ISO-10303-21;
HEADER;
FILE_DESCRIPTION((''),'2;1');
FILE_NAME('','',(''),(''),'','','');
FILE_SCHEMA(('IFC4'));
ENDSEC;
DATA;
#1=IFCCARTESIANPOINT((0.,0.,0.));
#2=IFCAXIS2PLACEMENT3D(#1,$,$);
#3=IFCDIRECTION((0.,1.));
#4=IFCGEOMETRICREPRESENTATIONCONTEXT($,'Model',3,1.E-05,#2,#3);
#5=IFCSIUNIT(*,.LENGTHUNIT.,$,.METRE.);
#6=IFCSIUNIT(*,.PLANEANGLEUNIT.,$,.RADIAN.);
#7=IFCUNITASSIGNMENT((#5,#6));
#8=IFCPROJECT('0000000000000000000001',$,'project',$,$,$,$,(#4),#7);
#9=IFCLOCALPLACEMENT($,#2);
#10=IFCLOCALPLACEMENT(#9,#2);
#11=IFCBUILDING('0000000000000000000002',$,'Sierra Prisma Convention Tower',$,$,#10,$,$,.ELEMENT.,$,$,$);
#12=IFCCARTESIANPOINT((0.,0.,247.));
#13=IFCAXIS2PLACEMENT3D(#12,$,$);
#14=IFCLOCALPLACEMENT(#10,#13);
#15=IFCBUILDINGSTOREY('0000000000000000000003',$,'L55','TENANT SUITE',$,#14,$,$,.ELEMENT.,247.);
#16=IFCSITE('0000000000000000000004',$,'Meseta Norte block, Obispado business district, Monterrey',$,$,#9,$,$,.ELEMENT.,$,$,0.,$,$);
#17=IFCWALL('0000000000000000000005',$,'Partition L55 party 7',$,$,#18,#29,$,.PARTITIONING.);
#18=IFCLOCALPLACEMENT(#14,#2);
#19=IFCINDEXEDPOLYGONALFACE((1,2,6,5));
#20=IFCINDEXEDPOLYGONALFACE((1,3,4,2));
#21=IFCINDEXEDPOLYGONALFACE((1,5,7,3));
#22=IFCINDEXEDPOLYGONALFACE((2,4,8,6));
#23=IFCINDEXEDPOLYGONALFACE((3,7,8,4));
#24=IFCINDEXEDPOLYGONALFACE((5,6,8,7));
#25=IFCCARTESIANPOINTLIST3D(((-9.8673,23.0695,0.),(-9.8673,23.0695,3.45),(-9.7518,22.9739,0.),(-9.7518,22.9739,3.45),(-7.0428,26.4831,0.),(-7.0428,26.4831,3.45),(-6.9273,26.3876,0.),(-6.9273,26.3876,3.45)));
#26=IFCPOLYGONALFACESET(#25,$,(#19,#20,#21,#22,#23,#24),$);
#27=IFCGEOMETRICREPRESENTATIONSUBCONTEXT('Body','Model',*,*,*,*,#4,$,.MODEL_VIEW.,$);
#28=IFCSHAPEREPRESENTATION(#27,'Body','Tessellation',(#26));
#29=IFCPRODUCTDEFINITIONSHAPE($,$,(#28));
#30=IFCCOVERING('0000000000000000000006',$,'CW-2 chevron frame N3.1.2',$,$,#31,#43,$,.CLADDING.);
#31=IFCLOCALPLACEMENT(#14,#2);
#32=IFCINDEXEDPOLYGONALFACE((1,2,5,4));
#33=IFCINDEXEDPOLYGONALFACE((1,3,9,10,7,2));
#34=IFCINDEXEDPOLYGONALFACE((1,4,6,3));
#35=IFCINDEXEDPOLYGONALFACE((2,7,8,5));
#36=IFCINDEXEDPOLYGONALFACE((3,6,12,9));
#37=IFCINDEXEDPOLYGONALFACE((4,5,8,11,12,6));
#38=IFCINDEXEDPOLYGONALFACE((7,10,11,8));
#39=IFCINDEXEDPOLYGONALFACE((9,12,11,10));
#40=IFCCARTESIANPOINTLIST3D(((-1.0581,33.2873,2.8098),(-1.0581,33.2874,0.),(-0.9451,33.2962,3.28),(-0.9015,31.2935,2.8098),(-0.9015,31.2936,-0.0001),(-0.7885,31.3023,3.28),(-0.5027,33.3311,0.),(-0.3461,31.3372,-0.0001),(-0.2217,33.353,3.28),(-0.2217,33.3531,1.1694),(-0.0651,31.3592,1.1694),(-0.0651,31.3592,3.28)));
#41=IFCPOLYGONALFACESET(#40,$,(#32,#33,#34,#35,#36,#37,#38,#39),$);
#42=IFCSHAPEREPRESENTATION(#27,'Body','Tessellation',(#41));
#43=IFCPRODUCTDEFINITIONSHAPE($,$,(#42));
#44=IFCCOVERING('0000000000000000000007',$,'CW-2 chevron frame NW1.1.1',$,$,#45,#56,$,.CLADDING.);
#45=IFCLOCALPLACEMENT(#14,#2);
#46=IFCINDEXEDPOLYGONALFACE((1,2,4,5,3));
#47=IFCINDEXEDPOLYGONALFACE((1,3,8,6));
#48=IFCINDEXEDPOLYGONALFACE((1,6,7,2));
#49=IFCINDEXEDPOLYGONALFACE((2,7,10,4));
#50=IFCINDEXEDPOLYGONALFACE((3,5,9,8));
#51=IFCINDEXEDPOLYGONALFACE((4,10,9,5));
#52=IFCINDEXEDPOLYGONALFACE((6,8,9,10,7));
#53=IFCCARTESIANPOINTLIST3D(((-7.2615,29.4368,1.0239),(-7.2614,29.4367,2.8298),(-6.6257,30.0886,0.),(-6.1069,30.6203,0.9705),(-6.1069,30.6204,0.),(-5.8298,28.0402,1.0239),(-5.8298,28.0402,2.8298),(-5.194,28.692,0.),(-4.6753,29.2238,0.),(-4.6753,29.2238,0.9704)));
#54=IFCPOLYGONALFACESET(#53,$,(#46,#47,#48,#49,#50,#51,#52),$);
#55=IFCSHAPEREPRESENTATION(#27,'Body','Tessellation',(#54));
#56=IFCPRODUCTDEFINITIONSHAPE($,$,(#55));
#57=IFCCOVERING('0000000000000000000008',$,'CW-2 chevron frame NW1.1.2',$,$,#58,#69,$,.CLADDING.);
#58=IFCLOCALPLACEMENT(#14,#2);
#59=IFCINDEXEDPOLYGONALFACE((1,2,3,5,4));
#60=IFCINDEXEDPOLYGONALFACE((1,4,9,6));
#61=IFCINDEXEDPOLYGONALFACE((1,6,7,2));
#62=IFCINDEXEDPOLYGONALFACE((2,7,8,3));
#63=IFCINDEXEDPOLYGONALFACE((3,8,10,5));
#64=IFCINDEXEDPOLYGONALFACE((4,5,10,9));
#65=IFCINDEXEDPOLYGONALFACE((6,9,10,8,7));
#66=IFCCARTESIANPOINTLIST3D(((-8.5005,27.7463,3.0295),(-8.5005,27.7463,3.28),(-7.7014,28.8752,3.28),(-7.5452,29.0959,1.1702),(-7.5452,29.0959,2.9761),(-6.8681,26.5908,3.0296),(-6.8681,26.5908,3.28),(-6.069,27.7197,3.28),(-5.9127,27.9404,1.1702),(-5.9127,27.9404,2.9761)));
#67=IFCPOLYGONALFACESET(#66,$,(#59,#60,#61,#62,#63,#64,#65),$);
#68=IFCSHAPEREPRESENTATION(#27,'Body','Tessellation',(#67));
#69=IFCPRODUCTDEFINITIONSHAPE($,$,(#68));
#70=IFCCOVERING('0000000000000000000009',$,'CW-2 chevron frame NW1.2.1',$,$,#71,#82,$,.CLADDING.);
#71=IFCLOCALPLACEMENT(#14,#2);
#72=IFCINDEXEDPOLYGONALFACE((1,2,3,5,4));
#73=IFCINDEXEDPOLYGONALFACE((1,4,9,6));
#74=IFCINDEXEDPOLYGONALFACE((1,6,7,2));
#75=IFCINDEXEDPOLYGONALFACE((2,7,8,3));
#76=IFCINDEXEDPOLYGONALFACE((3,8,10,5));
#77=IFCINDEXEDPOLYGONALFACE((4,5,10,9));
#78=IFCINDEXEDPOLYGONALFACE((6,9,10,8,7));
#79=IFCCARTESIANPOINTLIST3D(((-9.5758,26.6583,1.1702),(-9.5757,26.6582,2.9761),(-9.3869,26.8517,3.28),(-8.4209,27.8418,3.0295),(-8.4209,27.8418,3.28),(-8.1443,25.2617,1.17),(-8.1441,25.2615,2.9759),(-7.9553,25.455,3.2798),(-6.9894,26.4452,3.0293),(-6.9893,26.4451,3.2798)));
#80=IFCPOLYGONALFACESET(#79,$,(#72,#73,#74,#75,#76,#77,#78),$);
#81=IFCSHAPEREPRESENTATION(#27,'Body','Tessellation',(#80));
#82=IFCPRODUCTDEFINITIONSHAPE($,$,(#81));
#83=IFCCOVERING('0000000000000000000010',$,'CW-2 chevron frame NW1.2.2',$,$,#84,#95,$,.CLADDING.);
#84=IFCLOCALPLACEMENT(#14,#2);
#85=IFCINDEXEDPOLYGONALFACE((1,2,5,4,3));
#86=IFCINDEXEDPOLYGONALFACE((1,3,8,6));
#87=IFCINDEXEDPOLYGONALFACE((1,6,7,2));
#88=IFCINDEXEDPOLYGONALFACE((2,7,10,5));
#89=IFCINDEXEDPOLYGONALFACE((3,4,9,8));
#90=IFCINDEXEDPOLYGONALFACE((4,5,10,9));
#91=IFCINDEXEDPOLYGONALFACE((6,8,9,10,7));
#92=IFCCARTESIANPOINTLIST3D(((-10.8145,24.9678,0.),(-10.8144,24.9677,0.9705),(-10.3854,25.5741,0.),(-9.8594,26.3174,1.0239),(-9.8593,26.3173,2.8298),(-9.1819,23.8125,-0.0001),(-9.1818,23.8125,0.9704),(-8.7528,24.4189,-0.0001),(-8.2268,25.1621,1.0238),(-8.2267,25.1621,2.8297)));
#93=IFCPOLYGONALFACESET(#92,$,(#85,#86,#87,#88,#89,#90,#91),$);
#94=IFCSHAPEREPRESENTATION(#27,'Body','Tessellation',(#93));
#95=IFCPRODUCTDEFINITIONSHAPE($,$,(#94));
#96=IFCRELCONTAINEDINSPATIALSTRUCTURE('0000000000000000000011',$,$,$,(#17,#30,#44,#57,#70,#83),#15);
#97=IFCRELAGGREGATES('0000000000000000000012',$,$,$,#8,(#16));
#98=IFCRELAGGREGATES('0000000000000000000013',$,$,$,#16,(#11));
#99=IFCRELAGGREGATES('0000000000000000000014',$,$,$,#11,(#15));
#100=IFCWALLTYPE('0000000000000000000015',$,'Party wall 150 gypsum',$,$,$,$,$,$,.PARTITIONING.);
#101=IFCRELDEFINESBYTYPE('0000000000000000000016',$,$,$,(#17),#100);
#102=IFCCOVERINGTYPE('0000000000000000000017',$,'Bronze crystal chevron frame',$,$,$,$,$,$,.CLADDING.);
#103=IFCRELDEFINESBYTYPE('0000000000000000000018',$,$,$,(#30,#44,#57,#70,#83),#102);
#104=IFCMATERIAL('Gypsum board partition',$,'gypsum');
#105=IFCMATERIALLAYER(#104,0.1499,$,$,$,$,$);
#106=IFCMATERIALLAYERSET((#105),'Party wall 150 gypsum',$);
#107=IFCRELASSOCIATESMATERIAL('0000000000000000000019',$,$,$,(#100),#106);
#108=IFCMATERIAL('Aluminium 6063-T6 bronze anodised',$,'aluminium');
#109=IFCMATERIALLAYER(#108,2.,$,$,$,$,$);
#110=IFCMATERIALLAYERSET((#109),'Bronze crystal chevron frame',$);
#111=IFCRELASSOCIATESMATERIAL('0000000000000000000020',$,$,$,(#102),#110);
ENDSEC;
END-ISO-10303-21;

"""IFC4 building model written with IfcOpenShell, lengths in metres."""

from ifc_helpers import new_model, si_unit, direction, frame, frame_2d, origin, place, context, subcontext, project, spatial, polyline, rectangle, outline, extrude, material, layer, layer_set, type_object, element, save


model = new_model("IFC4")

# Units and contexts
model_context = context("Model", 3, precision=1e-05, world=origin(), true_north=direction((0.0, 1.0)))
body_context = subcontext(model_context, "Body", "Model", "MODEL_VIEW")
ifc_project = project(units=[si_unit("LENGTHUNIT", "METRE"), si_unit("PLANEANGLEUNIT", "RADIAN")], contexts=[model_context])

# Site, building, storey
site_placement = place(None, origin())
site = spatial("IfcSite", under=ifc_project, at=site_placement, Name="Meseta Norte block, Obispado business district, Monterrey", CompositionType="ELEMENT", RefElevation=0.0)
building_placement = place(site_placement, origin())
building = spatial("IfcBuilding", under=site, at=building_placement, Name="Sierra Prisma Convention Tower", CompositionType="ELEMENT")
storey_placement = place(building_placement, frame((0.0, 0.0, 247.0)))
storey = spatial("IfcBuildingStorey", under=building, at=storey_placement, Name="L55", Description="TENANT SUITE", CompositionType="ELEMENT", Elevation=247.0)

# Wall
ifc_material_1 = material(Name="Gypsum board partition", Category="gypsum")
ifc_layer_1 = layer(ifc_material_1, 0.1499)
ifc_layer_set_1 = layer_set([ifc_layer_1], Name="Party wall 150 gypsum")
wall_type = type_object("IfcWallType", Name="Party wall 150 gypsum", PredefinedType="PARTITIONING", material=ifc_layer_set_1)
wall_placement = place(storey_placement, frame((-9.8096, 23.0217, 0.0), z_axis=(0.0, 0.0, 1.0), x_axis=(0.637492, 0.770457, 0.0)))
element("IfcWall", 1, at=wall_placement, inside=storey, type_object=wall_type, Name="Partition L55 party 7", PredefinedType="PARTITIONING", context=body_context, shape_type="SweptSolid", body=[
    extrude(rectangle(XDim=4.4307, YDim=0.1499, at=frame_2d((2.2153, 0.0))), origin(), (0.0, 0.0, 1.0), 3.45),
])

# Coverings
ifc_material_2 = material(Name="Aluminium 6063-T6 bronze anodised", Category="aluminium")
ifc_layer_2 = layer(ifc_material_2, 2.0)
ifc_layer_set_2 = layer_set([ifc_layer_2], Name="Bronze crystal chevron frame")
covering_type = type_object("IfcCoveringType", Name="Bronze crystal chevron frame", PredefinedType="CLADDING", material=ifc_layer_set_2)
covering_1_placement = place(storey_placement, frame((-0.2217, 33.353, 3.28), z_axis=(-0.078305, 0.996929, 0.000029), x_axis=(-0.000002, 0.000029, -1.0)))
element("IfcCovering", 2, at=covering_1_placement, inside=storey, type_object=covering_type, Name="CW-2 chevron frame N3.1.2", PredefinedType="CLADDING", context=body_context, shape_type="SweptSolid", body=[
    extrude(outline(polyline([(0.0, 0.0), (2.1106, 0.0), (3.28, 0.2819), (3.28, 0.839), (0.4702, 0.839), (0.0, 0.7256), (0.0, 0.0)])), origin(), (0.0, 0.0, -1.0), 2.0),
])
covering_2_placement = place(storey_placement, frame((-6.1069, 30.6204, 0.0), z_axis=(-0.715827, 0.698278, 0.000025), x_axis=(-0.698278, -0.715827, 0.0)))
element("IfcCovering", 3, at=covering_2_placement, inside=storey, type_object=covering_type, Name="CW-2 chevron frame NW1.1.1", PredefinedType="CLADDING", context=body_context, shape_type="SweptSolid", body=[
    extrude(outline(polyline([(0.0, 0.0), (0.7429, 0.0), (1.6534, 1.0239), (1.6534, 2.8298), (0.0, 0.9705), (0.0, 0.0)])), origin(), (0.0, 0.0, -1.0), 2.0),
])
covering_3_placement = place(storey_placement, frame((-7.5452, 29.0959, 2.9761), z_axis=(-0.816211, 0.577754, -0.000009), x_axis=(0.000007, -0.000005, -1.0)))
element("IfcCovering", 4, at=covering_3_placement, inside=storey, type_object=covering_type, Name="CW-2 chevron frame NW1.1.2", PredefinedType="CLADDING", context=body_context, shape_type="SweptSolid", body=[
    extrude(outline(polyline([(0.0, 0.0), (1.8059, 0.0), (-0.0535, 1.6535), (-0.304, 1.6535), (-0.304, 0.2704), (0.0, 0.0)])), origin(), (0.0, 0.0, -1.0), 2.0),
])
covering_4_placement = place(storey_placement, frame((-8.4209, 27.8418, 3.28), z_axis=(-0.715776, 0.69833, 0.000097), x_axis=(-0.000069, 0.000067, -1.0)))
element("IfcCovering", 5, at=covering_4_placement, inside=storey, type_object=covering_type, Name="CW-2 chevron frame NW1.2.1", PredefinedType="CLADDING", context=body_context, shape_type="SweptSolid", body=[
    extrude(outline(polyline([(0.0, 0.0), (0.2505, 0.0), (2.1099, 1.6536), (0.304, 1.6536), (0.0, 1.3832), (0.0, 0.0)])), origin(), (0.0, 0.0, -1.0), 2.0),
])
covering_5_placement = place(storey_placement, frame((-10.8145, 24.9678, 0.0), z_axis=(-0.816299, 0.57763, 0.000052), x_axis=(0.000043, -0.00003, 1.0)))
element("IfcCovering", 6, at=covering_5_placement, inside=storey, type_object=covering_type, Name="CW-2 chevron frame NW1.2.2", PredefinedType="CLADDING", context=body_context, shape_type="SweptSolid", body=[
    extrude(outline(polyline([(0.0, 0.0), (0.9705, 0.0), (2.8298, 1.6534), (1.0239, 1.6534), (0.0, 0.7428), (0.0, 0.0)])), origin(), (0.0, 0.0, -1.0), 2.0),
])

save(model, "model.ifc")
